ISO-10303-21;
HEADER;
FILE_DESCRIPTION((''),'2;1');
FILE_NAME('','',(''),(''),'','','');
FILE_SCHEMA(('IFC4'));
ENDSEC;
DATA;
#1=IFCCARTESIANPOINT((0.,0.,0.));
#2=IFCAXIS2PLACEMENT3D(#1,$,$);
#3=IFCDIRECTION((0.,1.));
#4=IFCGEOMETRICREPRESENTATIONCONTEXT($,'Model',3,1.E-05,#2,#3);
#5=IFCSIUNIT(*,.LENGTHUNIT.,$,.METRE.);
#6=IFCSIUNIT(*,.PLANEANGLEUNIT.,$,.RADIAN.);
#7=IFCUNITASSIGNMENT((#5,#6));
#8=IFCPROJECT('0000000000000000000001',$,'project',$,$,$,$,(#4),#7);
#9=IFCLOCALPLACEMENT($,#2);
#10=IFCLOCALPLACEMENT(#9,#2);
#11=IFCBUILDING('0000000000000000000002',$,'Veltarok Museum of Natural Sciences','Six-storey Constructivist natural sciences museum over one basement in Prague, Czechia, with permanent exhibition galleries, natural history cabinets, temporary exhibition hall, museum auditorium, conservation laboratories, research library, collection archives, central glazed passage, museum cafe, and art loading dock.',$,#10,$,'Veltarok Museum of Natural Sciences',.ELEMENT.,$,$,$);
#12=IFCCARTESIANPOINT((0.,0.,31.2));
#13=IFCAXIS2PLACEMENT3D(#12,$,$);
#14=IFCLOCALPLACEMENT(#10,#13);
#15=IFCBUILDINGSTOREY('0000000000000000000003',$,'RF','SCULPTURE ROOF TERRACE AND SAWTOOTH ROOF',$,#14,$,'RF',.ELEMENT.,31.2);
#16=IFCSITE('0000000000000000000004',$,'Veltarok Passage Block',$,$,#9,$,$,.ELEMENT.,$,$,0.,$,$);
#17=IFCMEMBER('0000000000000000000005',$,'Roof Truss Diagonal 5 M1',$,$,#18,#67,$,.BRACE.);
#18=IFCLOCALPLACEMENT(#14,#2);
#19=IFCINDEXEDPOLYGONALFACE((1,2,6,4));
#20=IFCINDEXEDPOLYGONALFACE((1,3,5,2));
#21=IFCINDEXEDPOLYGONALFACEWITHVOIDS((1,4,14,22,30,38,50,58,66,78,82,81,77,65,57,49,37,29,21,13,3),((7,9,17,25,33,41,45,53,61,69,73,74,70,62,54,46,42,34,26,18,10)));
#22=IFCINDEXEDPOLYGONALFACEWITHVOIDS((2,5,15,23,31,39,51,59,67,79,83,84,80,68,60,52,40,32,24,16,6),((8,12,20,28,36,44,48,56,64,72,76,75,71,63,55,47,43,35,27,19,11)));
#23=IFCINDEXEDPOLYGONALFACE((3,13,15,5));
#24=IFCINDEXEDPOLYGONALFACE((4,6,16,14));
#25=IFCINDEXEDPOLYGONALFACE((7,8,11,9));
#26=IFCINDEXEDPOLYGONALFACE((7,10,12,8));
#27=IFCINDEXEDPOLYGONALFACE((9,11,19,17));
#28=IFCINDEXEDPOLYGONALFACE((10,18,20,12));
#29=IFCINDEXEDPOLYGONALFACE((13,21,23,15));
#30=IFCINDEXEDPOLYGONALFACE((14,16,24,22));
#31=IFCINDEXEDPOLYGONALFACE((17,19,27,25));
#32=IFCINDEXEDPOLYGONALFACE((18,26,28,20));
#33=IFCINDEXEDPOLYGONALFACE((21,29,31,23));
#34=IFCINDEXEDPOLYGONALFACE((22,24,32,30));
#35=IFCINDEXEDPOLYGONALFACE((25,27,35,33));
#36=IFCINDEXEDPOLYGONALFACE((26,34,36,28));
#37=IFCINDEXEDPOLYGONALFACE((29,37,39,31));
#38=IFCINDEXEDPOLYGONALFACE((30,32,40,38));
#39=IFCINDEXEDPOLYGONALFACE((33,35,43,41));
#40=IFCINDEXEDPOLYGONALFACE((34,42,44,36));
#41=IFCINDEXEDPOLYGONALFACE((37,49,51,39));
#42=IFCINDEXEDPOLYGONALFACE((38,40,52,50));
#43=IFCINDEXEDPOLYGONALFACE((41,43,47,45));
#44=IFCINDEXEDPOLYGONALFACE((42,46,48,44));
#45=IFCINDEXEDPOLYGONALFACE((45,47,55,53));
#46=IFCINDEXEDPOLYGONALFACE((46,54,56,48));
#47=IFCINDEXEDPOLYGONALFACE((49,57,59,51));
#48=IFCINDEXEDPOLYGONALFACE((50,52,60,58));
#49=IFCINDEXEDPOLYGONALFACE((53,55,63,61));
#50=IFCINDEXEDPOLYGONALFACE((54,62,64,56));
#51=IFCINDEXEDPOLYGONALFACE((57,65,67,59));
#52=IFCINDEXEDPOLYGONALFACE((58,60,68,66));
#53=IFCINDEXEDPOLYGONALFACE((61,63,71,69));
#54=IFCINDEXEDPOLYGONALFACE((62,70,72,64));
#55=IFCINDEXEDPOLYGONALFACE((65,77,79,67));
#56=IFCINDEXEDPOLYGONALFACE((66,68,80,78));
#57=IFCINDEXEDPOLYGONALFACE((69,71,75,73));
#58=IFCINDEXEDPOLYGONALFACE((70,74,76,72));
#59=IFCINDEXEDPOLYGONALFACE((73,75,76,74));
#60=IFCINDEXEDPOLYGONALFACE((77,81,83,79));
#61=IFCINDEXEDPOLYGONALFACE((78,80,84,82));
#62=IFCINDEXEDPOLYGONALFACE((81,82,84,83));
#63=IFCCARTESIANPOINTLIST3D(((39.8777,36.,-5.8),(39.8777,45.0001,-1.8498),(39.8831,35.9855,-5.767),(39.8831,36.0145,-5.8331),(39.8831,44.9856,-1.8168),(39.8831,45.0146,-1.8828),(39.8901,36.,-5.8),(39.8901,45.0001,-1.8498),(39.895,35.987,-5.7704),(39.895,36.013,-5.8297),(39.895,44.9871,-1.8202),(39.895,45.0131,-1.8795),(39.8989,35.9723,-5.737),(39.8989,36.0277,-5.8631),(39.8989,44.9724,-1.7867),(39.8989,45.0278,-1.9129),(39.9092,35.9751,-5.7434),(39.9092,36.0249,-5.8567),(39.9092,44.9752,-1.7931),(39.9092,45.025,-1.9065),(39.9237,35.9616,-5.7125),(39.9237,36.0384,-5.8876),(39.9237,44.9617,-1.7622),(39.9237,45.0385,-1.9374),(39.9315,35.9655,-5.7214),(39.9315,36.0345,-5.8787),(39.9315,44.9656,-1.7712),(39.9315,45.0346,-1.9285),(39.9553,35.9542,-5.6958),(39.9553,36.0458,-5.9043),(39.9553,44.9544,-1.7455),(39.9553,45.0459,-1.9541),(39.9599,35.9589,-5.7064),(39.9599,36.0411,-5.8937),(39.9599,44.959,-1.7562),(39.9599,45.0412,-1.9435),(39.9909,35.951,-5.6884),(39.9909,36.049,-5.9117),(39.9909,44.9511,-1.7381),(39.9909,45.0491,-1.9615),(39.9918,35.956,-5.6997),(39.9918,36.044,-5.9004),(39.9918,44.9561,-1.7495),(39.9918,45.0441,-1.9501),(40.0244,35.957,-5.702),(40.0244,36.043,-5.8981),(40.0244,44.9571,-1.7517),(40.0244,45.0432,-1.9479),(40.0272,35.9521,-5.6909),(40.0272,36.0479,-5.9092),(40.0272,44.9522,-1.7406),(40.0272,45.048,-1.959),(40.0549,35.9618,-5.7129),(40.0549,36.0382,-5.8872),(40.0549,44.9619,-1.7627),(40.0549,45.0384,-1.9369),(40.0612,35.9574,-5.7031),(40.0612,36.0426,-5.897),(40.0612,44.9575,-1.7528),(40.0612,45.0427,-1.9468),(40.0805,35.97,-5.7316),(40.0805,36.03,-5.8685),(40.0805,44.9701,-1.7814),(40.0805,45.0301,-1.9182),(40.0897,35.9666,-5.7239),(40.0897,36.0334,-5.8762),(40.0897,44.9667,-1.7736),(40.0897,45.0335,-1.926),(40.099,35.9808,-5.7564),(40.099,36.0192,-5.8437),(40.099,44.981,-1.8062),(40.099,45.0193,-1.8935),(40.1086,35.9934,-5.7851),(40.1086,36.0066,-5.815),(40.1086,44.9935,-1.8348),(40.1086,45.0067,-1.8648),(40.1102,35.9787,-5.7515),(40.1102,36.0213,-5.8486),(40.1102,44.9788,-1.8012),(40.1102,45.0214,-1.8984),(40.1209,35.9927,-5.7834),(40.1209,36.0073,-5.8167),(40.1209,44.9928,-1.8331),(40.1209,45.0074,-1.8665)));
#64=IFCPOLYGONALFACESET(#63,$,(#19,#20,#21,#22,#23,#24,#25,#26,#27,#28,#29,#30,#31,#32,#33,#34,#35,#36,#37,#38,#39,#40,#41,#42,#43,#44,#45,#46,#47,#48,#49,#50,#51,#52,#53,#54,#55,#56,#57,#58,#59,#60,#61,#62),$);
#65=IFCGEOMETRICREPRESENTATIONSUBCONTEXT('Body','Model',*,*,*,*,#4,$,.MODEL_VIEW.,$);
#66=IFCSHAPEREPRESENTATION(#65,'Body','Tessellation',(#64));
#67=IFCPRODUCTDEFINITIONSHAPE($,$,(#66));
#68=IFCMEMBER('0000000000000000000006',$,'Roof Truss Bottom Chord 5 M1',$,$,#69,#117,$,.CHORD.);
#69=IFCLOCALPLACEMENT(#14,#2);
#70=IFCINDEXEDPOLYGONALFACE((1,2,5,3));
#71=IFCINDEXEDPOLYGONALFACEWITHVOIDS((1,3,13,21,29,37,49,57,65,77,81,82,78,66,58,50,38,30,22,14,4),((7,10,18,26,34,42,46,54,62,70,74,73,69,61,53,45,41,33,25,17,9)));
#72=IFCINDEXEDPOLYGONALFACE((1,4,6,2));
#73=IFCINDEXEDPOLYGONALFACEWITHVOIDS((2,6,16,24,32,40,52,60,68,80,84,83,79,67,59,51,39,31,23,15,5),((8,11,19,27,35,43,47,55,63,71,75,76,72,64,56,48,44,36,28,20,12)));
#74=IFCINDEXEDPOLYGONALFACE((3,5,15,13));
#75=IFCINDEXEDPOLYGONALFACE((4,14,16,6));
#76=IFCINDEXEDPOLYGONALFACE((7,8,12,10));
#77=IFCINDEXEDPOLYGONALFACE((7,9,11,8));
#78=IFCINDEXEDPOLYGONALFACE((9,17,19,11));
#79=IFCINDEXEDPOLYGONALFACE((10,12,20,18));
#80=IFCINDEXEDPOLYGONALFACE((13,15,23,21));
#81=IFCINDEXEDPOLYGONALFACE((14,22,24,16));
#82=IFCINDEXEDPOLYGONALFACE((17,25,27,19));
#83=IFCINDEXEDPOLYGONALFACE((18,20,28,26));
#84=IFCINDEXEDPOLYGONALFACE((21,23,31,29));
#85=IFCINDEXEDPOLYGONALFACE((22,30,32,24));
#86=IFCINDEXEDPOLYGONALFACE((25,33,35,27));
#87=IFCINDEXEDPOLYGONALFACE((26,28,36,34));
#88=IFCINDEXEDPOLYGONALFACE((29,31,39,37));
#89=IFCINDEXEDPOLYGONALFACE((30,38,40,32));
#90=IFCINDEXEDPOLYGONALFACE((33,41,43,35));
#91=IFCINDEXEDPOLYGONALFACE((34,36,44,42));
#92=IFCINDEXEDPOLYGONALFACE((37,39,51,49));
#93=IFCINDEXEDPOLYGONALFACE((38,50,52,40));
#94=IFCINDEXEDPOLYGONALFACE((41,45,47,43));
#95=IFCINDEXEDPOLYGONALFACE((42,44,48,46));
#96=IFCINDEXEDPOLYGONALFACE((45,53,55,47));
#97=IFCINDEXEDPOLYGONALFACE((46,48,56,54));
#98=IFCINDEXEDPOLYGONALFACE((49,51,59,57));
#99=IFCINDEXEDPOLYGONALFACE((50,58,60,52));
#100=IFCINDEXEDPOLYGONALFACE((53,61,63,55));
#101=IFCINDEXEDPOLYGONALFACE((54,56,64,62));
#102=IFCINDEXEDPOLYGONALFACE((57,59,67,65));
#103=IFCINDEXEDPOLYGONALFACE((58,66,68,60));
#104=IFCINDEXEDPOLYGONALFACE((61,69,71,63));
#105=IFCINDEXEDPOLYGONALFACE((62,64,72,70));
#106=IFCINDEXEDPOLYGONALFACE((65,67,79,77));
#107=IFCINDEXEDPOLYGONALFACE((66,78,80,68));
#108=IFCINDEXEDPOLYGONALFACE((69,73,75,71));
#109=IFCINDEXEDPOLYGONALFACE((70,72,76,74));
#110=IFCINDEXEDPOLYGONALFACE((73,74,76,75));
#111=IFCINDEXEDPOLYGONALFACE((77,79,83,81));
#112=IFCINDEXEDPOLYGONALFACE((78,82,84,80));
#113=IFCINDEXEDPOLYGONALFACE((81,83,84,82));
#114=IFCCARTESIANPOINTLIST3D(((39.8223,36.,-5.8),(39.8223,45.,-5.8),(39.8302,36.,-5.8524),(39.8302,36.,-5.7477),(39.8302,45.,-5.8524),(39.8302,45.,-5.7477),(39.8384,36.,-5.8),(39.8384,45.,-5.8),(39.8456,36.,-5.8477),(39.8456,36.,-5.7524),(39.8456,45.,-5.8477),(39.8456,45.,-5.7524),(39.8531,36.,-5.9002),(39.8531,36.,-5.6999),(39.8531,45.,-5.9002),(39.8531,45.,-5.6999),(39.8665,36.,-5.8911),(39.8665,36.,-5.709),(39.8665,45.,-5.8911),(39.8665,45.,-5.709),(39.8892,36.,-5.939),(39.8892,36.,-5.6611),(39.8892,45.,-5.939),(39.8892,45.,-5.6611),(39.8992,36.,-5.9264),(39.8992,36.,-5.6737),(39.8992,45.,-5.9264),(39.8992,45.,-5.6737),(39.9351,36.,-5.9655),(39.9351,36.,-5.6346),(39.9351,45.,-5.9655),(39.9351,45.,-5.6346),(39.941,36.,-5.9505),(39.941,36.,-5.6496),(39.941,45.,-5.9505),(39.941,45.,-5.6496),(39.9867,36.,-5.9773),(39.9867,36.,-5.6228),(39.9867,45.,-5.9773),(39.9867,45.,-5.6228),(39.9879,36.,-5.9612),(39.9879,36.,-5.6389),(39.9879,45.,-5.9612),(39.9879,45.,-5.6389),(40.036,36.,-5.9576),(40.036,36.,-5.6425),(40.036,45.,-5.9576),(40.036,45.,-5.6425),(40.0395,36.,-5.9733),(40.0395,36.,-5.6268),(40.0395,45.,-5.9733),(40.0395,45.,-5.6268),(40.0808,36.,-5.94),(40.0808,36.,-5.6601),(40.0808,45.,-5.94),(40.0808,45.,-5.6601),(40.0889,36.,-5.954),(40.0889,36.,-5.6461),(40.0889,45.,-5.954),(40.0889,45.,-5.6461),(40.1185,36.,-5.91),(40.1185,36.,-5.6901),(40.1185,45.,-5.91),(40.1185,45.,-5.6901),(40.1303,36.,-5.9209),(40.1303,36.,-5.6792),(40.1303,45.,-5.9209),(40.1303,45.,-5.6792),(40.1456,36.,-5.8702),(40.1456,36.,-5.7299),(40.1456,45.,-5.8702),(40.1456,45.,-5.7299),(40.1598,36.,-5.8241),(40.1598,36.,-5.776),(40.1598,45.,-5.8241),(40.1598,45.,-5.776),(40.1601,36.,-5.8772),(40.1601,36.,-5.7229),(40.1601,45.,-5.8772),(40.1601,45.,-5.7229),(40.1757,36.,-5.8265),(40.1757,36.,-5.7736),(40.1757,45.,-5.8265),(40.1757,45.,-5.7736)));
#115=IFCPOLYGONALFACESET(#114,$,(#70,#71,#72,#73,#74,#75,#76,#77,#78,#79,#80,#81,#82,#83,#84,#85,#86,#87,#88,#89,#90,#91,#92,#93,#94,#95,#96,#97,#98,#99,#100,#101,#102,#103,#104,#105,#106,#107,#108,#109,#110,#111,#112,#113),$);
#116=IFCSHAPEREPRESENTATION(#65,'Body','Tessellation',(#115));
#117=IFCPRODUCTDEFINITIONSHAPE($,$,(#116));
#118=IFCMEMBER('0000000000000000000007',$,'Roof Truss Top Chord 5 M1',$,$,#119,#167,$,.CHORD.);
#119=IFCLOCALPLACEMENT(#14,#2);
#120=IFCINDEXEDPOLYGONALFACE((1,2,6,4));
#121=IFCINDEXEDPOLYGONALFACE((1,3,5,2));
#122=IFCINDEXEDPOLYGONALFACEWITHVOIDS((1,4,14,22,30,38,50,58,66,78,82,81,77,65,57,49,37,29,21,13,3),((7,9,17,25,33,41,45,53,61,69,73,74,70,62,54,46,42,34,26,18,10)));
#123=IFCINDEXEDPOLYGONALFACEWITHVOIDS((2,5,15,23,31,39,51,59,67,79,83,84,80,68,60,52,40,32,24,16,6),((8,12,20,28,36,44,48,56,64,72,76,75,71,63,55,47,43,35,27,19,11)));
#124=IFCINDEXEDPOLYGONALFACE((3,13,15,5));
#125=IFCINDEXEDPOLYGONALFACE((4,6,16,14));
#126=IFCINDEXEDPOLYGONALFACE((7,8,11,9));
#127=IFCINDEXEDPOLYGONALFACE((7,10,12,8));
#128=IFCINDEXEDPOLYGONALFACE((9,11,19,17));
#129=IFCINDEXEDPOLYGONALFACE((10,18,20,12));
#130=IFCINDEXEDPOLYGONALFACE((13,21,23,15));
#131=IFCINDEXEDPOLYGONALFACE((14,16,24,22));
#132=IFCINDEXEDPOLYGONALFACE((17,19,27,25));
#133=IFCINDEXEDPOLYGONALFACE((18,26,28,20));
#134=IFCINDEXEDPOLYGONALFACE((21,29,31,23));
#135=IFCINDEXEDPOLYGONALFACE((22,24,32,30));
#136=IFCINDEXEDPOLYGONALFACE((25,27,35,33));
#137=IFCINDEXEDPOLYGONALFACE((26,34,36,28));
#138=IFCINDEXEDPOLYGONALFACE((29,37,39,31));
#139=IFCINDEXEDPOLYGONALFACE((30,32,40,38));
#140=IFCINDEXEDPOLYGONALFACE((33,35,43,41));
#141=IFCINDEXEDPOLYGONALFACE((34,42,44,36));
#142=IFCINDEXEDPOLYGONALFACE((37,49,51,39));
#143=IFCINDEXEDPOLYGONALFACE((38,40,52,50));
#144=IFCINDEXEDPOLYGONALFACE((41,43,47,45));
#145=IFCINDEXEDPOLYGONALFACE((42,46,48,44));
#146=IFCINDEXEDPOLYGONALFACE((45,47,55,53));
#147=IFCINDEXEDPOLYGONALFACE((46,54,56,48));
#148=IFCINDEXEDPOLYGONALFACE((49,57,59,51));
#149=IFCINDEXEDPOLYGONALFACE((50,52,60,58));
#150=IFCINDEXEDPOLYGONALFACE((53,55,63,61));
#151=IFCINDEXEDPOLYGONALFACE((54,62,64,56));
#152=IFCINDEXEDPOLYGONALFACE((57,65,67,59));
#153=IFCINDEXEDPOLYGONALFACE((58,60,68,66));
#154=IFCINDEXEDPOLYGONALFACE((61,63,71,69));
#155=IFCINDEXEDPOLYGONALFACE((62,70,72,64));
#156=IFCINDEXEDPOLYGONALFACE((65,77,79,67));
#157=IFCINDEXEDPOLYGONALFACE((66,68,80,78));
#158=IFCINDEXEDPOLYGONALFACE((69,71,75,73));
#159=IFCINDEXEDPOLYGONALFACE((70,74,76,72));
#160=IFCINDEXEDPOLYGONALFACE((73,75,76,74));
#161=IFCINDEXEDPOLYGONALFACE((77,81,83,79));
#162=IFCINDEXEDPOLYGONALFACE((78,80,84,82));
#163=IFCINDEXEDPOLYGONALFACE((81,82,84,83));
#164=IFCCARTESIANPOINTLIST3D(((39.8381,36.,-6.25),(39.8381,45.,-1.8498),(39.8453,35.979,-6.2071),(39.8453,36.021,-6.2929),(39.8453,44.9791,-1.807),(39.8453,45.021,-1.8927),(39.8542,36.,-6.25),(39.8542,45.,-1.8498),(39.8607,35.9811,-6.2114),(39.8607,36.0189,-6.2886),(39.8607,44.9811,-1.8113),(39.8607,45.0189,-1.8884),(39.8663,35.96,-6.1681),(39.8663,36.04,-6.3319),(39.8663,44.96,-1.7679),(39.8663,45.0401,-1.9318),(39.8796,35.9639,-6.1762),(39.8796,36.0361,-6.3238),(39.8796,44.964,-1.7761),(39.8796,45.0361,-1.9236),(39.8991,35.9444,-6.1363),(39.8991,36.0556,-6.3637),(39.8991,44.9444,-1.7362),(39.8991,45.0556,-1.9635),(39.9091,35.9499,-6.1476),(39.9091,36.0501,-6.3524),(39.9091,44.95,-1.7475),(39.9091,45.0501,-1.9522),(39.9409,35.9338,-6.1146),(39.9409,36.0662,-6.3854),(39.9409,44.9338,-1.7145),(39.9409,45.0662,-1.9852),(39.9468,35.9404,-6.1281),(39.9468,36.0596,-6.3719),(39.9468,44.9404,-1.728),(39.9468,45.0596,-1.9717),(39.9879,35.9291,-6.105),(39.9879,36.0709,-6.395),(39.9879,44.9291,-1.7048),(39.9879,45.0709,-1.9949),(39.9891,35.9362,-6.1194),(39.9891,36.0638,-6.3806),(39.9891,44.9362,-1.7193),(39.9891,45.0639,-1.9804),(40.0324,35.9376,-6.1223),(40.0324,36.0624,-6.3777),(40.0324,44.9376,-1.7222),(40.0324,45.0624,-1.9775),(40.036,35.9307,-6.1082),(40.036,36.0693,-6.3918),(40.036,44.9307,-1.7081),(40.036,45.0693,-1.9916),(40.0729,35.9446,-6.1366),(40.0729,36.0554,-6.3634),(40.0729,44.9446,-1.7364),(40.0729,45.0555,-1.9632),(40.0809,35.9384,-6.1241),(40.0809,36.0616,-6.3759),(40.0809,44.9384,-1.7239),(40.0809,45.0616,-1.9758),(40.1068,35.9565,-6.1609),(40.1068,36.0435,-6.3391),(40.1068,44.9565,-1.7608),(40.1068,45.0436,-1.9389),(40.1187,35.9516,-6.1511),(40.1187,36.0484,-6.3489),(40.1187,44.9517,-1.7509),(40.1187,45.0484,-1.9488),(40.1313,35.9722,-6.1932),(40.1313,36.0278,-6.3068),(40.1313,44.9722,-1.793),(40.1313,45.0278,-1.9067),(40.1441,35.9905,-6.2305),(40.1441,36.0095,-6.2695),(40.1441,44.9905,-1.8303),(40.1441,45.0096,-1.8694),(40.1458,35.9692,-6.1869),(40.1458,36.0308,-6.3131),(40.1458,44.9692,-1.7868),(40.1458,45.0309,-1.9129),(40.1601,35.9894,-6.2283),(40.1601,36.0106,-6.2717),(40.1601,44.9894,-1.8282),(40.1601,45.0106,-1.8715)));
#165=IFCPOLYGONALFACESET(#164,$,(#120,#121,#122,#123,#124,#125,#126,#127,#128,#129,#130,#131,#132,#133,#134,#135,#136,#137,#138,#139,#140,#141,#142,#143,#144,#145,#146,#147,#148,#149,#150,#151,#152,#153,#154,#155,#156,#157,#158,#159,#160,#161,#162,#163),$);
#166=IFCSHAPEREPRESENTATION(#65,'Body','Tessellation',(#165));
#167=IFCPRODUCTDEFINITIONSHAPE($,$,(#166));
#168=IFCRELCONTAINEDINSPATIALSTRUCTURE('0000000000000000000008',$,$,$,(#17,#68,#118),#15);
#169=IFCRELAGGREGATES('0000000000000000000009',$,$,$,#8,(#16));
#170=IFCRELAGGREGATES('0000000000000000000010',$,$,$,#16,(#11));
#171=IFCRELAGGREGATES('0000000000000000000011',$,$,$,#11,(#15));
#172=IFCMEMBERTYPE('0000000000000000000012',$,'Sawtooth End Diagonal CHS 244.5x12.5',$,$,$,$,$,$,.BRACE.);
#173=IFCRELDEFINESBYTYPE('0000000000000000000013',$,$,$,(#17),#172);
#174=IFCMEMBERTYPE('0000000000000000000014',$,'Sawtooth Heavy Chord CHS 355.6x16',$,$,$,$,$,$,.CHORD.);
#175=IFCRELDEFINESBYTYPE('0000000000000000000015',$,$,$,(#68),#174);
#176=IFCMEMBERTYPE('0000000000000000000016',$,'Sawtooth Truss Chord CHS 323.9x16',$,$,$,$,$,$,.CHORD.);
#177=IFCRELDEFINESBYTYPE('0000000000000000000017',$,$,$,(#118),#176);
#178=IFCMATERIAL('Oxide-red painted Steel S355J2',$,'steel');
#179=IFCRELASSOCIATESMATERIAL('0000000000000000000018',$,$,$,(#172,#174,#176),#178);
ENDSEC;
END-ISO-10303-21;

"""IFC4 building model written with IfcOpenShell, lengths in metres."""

from ifc_helpers import new_model, si_unit, direction, frame, origin, origin_2d, place, context, subcontext, project, spatial, hollow_circle, extrude, material, material_profile, profile_set, type_object, element, save


model = new_model("IFC4")

# Units and contexts
model_context = context("Model", 3, precision=1e-05, world=origin(), true_north=direction((0.0, 1.0)))
body_context = subcontext(model_context, "Body", "Model", "MODEL_VIEW")
ifc_project = project(units=[si_unit("LENGTHUNIT", "METRE"), si_unit("PLANEANGLEUNIT", "RADIAN")], contexts=[model_context])

# Site, building, storey
site_placement = place(None, origin())
site = spatial("IfcSite", under=ifc_project, at=site_placement, Name="Veltarok Passage Block", CompositionType="ELEMENT", RefElevation=0.0)
building_placement = place(site_placement, origin())
building = spatial("IfcBuilding", under=site, at=building_placement, Name="Veltarok Museum of Natural Sciences", Description="Six-storey Constructivist natural sciences museum over one basement in Prague, Czechia, with permanent exhibition galleries, natural history cabinets, temporary exhibition hall, museum auditorium, conservation laboratories, research library, collection archives, central glazed passage, museum cafe, and art loading dock.", LongName="Veltarok Museum of Natural Sciences", CompositionType="ELEMENT")
storey_placement = place(building_placement, frame((0.0, 0.0, 31.2)))
storey = spatial("IfcBuildingStorey", under=building, at=storey_placement, Name="RF", Description="SCULPTURE ROOF TERRACE AND SAWTOOTH ROOF", LongName="RF", CompositionType="ELEMENT", Elevation=31.2)

# Members
ifc_material_1 = material(Name="Oxide-red painted Steel S355J2", Category="steel")
ifc_material_profile_1 = material_profile(ifc_material_1, hollow_circle(Radius=0.1223, WallThickness=0.0125, at=origin_2d()), Name="CHS 244.5x12.5")
ifc_profile_set_1 = profile_set([ifc_material_profile_1], Name="Oxide-red painted Steel S355J2")
member_type_1 = type_object("IfcMemberType", Name="Sawtooth End Diagonal CHS 244.5x12.5", PredefinedType="BRACE", material=ifc_profile_set_1)
member_1_placement = place(storey_placement, frame((40.0, 36.0, -5.8), z_axis=(0.0, 0.915682, 0.401903), x_axis=(-1.0, 0.0, 0.0)))
element("IfcMember", 1, at=member_1_placement, inside=storey, type_object=member_type_1, Name="Roof Truss Diagonal 5 M1", PredefinedType="BRACE", context=body_context, shape_type="SweptSolid", body=[
    extrude(hollow_circle(Radius=0.1223, WallThickness=0.0125, at=origin_2d()), origin(), (0.0, 0.0, 1.0), 9.8289),
])
ifc_material_profile_2 = material_profile(ifc_material_1, hollow_circle(Radius=0.1777, WallThickness=0.0161, at=origin_2d()), Name="CHS 355.6x16")
ifc_profile_set_2 = profile_set([ifc_material_profile_2], Name="Oxide-red painted Steel S355J2")
member_type_2 = type_object("IfcMemberType", Name="Sawtooth Heavy Chord CHS 355.6x16", PredefinedType="CHORD", material=ifc_profile_set_2)
member_2_placement = place(storey_placement, frame((40.0, 36.0, -5.8), z_axis=(0.0, 1.0, 0.0), x_axis=(-1.0, 0.0, 0.0)))
element("IfcMember", 2, at=member_2_placement, inside=storey, type_object=member_type_2, Name="Roof Truss Bottom Chord 5 M1", PredefinedType="CHORD", context=body_context, shape_type="SweptSolid", body=[
    extrude(hollow_circle(Radius=0.1777, WallThickness=0.0161, at=origin_2d()), origin(), (0.0, 0.0, 1.0), 9.0),
])
ifc_material_profile_3 = material_profile(ifc_material_1, hollow_circle(Radius=0.1619, WallThickness=0.0161, at=origin_2d()), Name="CHS 323.9x16")
ifc_profile_set_3 = profile_set([ifc_material_profile_3], Name="Oxide-red painted Steel S355J2")
member_type_3 = type_object("IfcMemberType", Name="Sawtooth Truss Chord CHS 323.9x16", PredefinedType="CHORD", material=ifc_profile_set_3)
member_3_placement = place(storey_placement, frame((40.0, 36.0, -6.25), z_axis=(0.0, 0.898379, 0.439222), x_axis=(-1.0, 0.0, 0.0)))
element("IfcMember", 3, at=member_3_placement, inside=storey, type_object=member_type_3, Name="Roof Truss Top Chord 5 M1", PredefinedType="CHORD", context=body_context, shape_type="SweptSolid", body=[
    extrude(hollow_circle(Radius=0.1619, WallThickness=0.0161, at=origin_2d()), origin(), (0.0, 0.0, 1.0), 10.0181),
])

save(model, "model.ifc")
